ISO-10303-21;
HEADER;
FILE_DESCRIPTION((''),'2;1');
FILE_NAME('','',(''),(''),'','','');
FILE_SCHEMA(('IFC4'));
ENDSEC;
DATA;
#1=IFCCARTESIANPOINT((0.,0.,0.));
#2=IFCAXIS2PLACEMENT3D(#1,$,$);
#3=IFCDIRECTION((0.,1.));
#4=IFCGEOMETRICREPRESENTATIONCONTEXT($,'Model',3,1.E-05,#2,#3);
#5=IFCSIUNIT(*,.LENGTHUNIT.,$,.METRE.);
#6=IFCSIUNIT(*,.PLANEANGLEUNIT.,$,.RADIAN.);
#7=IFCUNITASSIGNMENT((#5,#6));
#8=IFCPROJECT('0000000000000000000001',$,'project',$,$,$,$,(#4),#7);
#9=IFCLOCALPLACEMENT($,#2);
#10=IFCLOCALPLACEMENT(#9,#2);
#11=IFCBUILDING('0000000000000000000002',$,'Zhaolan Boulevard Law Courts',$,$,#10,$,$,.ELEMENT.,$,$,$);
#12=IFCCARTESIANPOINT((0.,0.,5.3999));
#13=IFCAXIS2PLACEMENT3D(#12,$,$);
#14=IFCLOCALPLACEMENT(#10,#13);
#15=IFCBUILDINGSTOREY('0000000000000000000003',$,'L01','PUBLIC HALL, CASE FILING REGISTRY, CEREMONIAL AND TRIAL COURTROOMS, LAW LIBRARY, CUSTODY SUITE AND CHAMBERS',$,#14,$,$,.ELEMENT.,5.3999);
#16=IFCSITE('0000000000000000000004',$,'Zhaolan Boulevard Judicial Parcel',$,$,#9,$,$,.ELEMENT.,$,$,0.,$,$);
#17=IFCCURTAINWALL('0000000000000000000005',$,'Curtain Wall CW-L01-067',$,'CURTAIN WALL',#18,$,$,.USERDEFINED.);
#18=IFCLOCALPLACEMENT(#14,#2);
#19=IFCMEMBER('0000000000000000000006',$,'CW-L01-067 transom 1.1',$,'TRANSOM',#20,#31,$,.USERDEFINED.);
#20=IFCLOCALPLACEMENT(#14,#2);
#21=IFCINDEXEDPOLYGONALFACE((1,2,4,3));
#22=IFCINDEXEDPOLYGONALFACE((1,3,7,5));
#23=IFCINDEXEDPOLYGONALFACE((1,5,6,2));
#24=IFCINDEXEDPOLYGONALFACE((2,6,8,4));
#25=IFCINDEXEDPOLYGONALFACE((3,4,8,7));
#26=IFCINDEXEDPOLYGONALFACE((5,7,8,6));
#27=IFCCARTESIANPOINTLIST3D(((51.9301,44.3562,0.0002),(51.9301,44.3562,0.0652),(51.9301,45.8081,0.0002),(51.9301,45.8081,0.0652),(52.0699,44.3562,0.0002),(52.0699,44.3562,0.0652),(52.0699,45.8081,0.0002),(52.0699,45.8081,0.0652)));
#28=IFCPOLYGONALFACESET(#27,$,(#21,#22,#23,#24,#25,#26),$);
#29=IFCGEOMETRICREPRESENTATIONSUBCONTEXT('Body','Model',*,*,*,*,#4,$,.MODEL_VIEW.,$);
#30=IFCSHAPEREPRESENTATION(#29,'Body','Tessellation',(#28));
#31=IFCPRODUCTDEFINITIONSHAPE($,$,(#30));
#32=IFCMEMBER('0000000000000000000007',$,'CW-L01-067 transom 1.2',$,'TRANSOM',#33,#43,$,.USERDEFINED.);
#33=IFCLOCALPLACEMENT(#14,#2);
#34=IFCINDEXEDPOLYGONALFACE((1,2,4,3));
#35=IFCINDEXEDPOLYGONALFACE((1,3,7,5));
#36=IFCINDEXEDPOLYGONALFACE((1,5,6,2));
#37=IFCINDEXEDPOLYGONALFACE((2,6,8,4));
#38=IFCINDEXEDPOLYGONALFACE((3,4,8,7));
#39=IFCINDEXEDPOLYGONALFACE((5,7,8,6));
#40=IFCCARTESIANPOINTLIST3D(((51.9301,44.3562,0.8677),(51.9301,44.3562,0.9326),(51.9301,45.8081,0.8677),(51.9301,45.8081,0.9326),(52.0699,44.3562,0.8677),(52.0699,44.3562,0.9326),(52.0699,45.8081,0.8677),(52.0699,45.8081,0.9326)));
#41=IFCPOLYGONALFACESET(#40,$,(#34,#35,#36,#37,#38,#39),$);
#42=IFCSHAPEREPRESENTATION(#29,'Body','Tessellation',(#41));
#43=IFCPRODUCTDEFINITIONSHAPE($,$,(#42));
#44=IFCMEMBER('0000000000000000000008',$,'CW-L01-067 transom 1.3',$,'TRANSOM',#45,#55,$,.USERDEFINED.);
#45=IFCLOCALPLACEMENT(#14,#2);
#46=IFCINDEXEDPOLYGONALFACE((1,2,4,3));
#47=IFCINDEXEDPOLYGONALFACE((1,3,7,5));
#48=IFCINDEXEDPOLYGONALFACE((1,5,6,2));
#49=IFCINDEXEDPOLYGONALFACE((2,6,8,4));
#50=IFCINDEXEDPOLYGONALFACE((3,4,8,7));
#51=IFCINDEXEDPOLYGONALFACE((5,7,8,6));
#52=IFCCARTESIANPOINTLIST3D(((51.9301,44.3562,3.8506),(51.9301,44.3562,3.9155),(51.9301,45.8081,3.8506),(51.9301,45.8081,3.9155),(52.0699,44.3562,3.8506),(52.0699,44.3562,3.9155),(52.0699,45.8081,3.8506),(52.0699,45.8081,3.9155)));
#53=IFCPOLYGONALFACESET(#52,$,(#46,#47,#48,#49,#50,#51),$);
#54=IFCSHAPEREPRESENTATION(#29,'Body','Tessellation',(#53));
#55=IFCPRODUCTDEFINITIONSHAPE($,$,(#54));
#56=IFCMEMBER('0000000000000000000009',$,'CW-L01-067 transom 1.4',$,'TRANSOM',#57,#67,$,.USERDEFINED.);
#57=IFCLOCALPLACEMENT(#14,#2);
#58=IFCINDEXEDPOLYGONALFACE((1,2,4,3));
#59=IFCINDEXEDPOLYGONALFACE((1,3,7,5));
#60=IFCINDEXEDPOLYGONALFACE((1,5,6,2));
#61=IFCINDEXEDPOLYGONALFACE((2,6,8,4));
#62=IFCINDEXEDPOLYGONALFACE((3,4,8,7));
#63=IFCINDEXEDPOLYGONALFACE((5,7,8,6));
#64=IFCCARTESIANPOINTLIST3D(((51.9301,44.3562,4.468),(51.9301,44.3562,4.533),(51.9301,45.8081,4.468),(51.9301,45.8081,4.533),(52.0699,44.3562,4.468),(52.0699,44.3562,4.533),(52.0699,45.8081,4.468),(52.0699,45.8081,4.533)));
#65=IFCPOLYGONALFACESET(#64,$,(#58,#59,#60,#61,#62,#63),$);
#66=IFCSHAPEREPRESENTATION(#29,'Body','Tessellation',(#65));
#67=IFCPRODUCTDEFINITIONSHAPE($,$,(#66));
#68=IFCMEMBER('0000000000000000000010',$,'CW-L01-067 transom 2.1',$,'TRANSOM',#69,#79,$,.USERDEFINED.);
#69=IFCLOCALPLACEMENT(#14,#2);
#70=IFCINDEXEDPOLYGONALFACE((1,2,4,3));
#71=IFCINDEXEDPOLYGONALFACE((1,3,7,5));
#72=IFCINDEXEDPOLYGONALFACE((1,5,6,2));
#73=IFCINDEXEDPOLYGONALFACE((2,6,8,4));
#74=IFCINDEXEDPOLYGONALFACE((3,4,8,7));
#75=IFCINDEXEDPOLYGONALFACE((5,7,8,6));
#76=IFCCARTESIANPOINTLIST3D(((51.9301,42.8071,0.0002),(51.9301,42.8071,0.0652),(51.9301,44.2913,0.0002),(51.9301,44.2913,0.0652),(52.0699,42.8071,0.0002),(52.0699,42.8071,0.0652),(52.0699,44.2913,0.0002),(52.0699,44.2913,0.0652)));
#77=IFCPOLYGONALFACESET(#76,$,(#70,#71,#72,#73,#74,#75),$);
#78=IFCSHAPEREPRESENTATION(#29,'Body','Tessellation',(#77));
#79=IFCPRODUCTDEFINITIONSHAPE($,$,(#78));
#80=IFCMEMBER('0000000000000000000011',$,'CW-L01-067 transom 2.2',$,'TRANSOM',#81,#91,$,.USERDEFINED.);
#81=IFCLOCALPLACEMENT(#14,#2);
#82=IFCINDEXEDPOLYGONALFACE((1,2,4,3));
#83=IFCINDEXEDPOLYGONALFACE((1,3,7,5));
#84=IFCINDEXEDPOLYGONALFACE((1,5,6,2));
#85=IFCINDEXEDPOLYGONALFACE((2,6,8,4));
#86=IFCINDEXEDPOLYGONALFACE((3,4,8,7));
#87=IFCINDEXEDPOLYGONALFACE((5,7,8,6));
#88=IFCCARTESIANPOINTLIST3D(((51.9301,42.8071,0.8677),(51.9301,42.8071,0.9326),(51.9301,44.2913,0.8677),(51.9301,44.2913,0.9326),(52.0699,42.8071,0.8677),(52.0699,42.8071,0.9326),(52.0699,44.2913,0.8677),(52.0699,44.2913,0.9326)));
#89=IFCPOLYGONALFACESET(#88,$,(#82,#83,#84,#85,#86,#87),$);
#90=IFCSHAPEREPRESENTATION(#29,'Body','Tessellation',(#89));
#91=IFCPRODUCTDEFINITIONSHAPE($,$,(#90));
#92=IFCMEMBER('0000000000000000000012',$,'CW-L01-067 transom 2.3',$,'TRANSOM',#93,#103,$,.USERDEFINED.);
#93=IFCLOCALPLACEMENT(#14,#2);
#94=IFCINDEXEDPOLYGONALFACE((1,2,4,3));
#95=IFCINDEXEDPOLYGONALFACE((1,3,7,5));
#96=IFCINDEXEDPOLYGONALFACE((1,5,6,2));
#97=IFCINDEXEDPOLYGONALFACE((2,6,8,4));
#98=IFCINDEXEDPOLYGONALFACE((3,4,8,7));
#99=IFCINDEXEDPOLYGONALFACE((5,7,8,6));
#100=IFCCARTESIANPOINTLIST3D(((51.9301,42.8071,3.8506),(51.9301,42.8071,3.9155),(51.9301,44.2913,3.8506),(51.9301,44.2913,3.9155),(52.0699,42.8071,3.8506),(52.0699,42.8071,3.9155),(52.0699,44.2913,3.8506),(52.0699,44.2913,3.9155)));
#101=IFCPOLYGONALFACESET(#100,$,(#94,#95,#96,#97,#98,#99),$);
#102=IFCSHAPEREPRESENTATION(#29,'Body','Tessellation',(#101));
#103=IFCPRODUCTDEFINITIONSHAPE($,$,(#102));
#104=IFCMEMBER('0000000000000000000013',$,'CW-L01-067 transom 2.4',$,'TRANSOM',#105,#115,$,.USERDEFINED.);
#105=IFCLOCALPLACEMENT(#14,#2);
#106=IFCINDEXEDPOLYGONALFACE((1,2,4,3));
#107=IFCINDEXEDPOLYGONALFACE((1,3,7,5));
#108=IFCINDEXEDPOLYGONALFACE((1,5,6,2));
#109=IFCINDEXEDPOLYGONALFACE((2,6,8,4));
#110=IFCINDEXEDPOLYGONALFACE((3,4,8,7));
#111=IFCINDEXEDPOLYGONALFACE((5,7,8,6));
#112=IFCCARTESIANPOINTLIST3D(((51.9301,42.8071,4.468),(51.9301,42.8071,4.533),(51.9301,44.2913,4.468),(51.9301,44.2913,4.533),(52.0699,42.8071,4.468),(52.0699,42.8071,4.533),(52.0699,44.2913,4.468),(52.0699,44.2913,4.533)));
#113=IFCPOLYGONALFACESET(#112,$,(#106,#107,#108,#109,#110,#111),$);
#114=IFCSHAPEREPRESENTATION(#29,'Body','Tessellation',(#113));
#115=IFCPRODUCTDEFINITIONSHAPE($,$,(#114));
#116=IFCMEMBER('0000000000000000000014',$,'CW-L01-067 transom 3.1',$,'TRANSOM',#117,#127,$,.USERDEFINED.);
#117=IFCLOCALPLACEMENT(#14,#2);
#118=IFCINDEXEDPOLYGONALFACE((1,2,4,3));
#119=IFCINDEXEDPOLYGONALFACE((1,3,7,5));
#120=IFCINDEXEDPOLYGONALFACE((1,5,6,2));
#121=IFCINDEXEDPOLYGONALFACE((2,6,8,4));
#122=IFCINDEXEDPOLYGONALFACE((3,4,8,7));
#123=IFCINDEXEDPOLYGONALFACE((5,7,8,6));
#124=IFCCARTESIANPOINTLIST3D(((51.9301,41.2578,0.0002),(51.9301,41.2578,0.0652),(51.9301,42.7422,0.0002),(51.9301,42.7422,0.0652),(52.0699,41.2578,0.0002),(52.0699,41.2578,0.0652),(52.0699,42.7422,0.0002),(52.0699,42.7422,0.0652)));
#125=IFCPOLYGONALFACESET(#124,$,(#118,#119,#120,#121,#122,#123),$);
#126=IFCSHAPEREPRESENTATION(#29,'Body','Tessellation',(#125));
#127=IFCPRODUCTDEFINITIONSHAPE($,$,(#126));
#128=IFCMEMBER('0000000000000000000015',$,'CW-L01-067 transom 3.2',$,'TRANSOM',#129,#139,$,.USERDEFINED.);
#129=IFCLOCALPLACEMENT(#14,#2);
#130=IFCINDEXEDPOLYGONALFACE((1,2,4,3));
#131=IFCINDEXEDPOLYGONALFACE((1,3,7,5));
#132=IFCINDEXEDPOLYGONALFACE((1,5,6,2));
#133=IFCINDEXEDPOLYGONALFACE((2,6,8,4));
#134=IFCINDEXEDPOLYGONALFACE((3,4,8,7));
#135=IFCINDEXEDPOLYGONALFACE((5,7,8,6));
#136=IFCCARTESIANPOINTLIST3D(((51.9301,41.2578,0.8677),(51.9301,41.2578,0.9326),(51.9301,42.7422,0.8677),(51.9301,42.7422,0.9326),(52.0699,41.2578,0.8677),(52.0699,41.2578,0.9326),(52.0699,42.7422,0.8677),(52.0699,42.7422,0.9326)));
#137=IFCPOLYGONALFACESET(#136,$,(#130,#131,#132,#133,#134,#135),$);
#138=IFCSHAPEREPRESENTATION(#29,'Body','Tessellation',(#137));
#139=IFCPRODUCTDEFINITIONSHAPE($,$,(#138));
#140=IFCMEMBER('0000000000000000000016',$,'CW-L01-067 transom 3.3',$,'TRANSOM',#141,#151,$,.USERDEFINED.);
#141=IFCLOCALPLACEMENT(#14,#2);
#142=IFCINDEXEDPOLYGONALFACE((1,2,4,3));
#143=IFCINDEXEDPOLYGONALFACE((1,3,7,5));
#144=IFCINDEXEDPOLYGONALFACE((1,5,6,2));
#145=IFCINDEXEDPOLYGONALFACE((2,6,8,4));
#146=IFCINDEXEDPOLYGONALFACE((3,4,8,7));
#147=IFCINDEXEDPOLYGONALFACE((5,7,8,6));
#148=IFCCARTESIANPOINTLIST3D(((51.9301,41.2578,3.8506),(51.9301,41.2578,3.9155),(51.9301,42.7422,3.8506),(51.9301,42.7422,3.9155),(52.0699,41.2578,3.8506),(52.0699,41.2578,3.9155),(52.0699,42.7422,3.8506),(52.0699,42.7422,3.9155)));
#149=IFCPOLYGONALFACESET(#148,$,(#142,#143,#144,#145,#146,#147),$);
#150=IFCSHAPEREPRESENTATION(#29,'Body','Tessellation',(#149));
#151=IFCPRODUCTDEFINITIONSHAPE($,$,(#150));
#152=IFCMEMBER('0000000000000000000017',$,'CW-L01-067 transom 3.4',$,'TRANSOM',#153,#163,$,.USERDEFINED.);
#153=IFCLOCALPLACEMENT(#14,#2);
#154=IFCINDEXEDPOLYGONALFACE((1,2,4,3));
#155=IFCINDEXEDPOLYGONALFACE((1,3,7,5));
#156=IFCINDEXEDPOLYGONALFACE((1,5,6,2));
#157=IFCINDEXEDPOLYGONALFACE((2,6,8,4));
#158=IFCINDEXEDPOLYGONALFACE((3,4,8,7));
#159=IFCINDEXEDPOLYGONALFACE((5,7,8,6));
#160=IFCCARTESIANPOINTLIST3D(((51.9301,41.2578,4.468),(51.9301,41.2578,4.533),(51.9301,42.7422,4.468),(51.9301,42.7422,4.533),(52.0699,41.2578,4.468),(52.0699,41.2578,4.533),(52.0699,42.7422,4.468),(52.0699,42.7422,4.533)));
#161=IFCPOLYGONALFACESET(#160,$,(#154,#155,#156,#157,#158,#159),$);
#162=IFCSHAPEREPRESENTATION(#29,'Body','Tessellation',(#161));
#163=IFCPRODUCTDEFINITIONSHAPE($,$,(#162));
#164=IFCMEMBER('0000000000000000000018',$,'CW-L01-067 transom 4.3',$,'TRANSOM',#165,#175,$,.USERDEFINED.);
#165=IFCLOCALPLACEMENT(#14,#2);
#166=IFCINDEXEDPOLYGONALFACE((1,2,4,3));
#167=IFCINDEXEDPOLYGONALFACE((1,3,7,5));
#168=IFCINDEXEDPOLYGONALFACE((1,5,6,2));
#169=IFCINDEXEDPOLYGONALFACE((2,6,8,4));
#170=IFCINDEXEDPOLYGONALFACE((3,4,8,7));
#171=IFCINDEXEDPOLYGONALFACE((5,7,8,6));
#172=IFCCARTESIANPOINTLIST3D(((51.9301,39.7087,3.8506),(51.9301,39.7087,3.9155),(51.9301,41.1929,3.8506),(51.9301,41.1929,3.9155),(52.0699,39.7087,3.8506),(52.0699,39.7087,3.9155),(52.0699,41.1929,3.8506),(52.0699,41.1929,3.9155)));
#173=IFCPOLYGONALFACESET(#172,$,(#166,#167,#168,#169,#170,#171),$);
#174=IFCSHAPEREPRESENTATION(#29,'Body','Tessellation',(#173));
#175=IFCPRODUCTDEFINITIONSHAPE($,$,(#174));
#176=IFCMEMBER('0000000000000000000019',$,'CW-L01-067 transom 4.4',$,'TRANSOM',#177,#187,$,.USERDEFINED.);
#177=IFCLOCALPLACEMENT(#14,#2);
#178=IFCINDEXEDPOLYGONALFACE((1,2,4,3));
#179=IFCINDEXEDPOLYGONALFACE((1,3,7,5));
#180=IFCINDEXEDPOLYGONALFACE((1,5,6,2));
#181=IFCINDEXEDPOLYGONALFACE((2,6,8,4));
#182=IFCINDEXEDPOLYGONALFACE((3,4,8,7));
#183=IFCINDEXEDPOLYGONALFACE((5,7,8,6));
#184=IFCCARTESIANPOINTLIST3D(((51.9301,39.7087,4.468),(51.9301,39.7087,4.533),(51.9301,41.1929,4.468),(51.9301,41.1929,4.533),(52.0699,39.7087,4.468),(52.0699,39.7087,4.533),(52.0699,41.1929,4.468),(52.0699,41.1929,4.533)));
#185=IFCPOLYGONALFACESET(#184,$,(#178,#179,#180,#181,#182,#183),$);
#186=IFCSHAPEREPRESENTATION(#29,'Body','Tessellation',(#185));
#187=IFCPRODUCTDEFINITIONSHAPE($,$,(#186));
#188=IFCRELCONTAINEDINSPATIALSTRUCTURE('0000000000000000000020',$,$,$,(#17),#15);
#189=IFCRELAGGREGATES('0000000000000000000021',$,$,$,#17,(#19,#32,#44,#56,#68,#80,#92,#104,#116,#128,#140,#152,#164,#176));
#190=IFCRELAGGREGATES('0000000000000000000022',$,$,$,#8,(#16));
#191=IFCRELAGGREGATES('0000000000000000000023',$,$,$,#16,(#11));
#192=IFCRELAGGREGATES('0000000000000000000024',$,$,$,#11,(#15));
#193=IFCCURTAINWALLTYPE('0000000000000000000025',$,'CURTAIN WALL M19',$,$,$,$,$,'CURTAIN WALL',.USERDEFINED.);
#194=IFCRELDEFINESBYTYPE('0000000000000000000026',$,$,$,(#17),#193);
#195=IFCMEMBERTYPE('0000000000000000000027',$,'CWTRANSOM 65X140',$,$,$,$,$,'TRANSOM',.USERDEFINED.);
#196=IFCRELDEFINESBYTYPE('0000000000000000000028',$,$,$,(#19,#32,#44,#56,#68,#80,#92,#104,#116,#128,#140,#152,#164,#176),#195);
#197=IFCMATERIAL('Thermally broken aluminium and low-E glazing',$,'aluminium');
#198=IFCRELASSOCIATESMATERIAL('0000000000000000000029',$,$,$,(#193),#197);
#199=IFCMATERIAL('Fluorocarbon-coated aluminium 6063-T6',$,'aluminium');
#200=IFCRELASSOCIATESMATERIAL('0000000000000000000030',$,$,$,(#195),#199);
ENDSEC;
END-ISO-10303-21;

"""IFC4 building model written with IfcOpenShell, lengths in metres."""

from ifc_helpers import new_model, si_unit, direction, frame, origin, origin_2d, place, context, subcontext, project, spatial, rectangle, extrude, material, material_profile, profile_set, type_object, element, aggregate, save


model = new_model("IFC4")

# Units and contexts
model_context = context("Model", 3, precision=1e-05, world=origin(), true_north=direction((0.0, 1.0)))
body_context = subcontext(model_context, "Body", "Model", "MODEL_VIEW")
ifc_project = project(units=[si_unit("LENGTHUNIT", "METRE"), si_unit("PLANEANGLEUNIT", "RADIAN")], contexts=[model_context])

# Site, building, storey
site_placement = place(None, origin())
site = spatial("IfcSite", under=ifc_project, at=site_placement, Name="Zhaolan Boulevard Judicial Parcel", CompositionType="ELEMENT", RefElevation=0.0)
building_placement = place(site_placement, origin())
building = spatial("IfcBuilding", under=site, at=building_placement, Name="Zhaolan Boulevard Law Courts", CompositionType="ELEMENT")
storey_placement = place(building_placement, frame((0.0, 0.0, 5.3999)))
storey = spatial("IfcBuildingStorey", under=building, at=storey_placement, Name="L01", Description="PUBLIC HALL, CASE FILING REGISTRY, CEREMONIAL AND TRIAL COURTROOMS, LAW LIBRARY, CUSTODY SUITE AND CHAMBERS", CompositionType="ELEMENT", Elevation=5.3999)

# Curtain wall
ifc_material_1 = material(Name="Thermally broken aluminium and low-E glazing", Category="aluminium")
curtain_wall_type_1 = type_object("IfcCurtainWallType", Name="CURTAIN WALL M19", ElementType="CURTAIN WALL", PredefinedType="USERDEFINED", material=ifc_material_1)
curtain_wall_1_placement = place(storey_placement, origin())
curtain_wall_1 = element("IfcCurtainWall", 1, at=curtain_wall_1_placement, inside=storey, type_object=curtain_wall_type_1, Name="Curtain Wall CW-L01-067", ObjectType="CURTAIN WALL", PredefinedType="USERDEFINED")

# Members
ifc_material_2 = material(Name="Fluorocarbon-coated aluminium 6063-T6", Category="aluminium")
ifc_material_profile_1 = material_profile(ifc_material_2, rectangle(XDim=0.1399, YDim=0.0649, at=origin_2d()), Name="AL65x140")
ifc_profile_set_1 = profile_set([ifc_material_profile_1], Name="Fluorocarbon-coated aluminium 6063-T6")
member_type_1 = type_object("IfcMemberType", Name="CWTRANSOM 65X140", ElementType="TRANSOM", PredefinedType="USERDEFINED", material=ifc_profile_set_1)
member_1_placement = place(storey_placement, frame((52.0, 45.8081, 0.0327), z_axis=(0.0, -1.0, 0.0), x_axis=(1.0, 0.0, 0.0)))
member_1 = element("IfcMember", 2, at=member_1_placement, type_object=member_type_1, Name="CW-L01-067 transom 1.1", ObjectType="TRANSOM", PredefinedType="USERDEFINED", context=body_context, shape_type="SweptSolid", body=[
    extrude(rectangle(XDim=0.1399, YDim=0.0649, at=origin_2d()), origin(), (0.0, 0.0, 1.0), 1.4519),
])
member_2_placement = place(storey_placement, frame((52.0, 45.8081, 0.9001), z_axis=(0.0, -1.0, 0.0), x_axis=(1.0, 0.0, 0.0)))
member_2 = element("IfcMember", 3, at=member_2_placement, type_object=member_type_1, Name="CW-L01-067 transom 1.2", ObjectType="TRANSOM", PredefinedType="USERDEFINED", context=body_context, shape_type="SweptSolid", body=[
    extrude(rectangle(XDim=0.1399, YDim=0.0649, at=origin_2d()), origin(), (0.0, 0.0, 1.0), 1.4519),
])
member_3_placement = place(storey_placement, frame((52.0, 45.8081, 3.8831), z_axis=(0.0, -1.0, 0.0), x_axis=(1.0, 0.0, 0.0)))
member_3 = element("IfcMember", 4, at=member_3_placement, type_object=member_type_1, Name="CW-L01-067 transom 1.3", ObjectType="TRANSOM", PredefinedType="USERDEFINED", context=body_context, shape_type="SweptSolid", body=[
    extrude(rectangle(XDim=0.1399, YDim=0.0649, at=origin_2d()), origin(), (0.0, 0.0, 1.0), 1.4519),
])
member_4_placement = place(storey_placement, frame((52.0, 45.8081, 4.5005), z_axis=(0.0, -1.0, 0.0), x_axis=(1.0, 0.0, 0.0)))
member_4 = element("IfcMember", 5, at=member_4_placement, type_object=member_type_1, Name="CW-L01-067 transom 1.4", ObjectType="TRANSOM", PredefinedType="USERDEFINED", context=body_context, shape_type="SweptSolid", body=[
    extrude(rectangle(XDim=0.1399, YDim=0.0649, at=origin_2d()), origin(), (0.0, 0.0, 1.0), 1.4519),
])
member_5_placement = place(storey_placement, frame((52.0, 44.2913, 0.0327), z_axis=(0.0, -1.0, 0.0), x_axis=(1.0, 0.0, 0.0)))
member_5 = element("IfcMember", 6, at=member_5_placement, type_object=member_type_1, Name="CW-L01-067 transom 2.1", ObjectType="TRANSOM", PredefinedType="USERDEFINED", context=body_context, shape_type="SweptSolid", body=[
    extrude(rectangle(XDim=0.1399, YDim=0.0649, at=origin_2d()), origin(), (0.0, 0.0, 1.0), 1.4841),
])
member_6_placement = place(storey_placement, frame((52.0, 44.2913, 0.9001), z_axis=(0.0, -1.0, 0.0), x_axis=(1.0, 0.0, 0.0)))
member_6 = element("IfcMember", 7, at=member_6_placement, type_object=member_type_1, Name="CW-L01-067 transom 2.2", ObjectType="TRANSOM", PredefinedType="USERDEFINED", context=body_context, shape_type="SweptSolid", body=[
    extrude(rectangle(XDim=0.1399, YDim=0.0649, at=origin_2d()), origin(), (0.0, 0.0, 1.0), 1.4841),
])
member_7_placement = place(storey_placement, frame((52.0, 44.2913, 3.8831), z_axis=(0.0, -1.0, 0.0), x_axis=(1.0, 0.0, 0.0)))
member_7 = element("IfcMember", 8, at=member_7_placement, type_object=member_type_1, Name="CW-L01-067 transom 2.3", ObjectType="TRANSOM", PredefinedType="USERDEFINED", context=body_context, shape_type="SweptSolid", body=[
    extrude(rectangle(XDim=0.1399, YDim=0.0649, at=origin_2d()), origin(), (0.0, 0.0, 1.0), 1.4841),
])
member_8_placement = place(storey_placement, frame((52.0, 44.2913, 4.5005), z_axis=(0.0, -1.0, 0.0), x_axis=(1.0, 0.0, 0.0)))
member_8 = element("IfcMember", 9, at=member_8_placement, type_object=member_type_1, Name="CW-L01-067 transom 2.4", ObjectType="TRANSOM", PredefinedType="USERDEFINED", context=body_context, shape_type="SweptSolid", body=[
    extrude(rectangle(XDim=0.1399, YDim=0.0649, at=origin_2d()), origin(), (0.0, 0.0, 1.0), 1.4841),
])
member_9_placement = place(storey_placement, frame((52.0, 42.7422, 0.0327), z_axis=(0.0, -1.0, 0.0), x_axis=(1.0, 0.0, 0.0)))
member_9 = element("IfcMember", 10, at=member_9_placement, type_object=member_type_1, Name="CW-L01-067 transom 3.1", ObjectType="TRANSOM", PredefinedType="USERDEFINED", context=body_context, shape_type="SweptSolid", body=[
    extrude(rectangle(XDim=0.1399, YDim=0.0649, at=origin_2d()), origin(), (0.0, 0.0, 1.0), 1.4844),
])
member_10_placement = place(storey_placement, frame((52.0, 42.7422, 0.9001), z_axis=(0.0, -1.0, 0.0), x_axis=(1.0, 0.0, 0.0)))
member_10 = element("IfcMember", 11, at=member_10_placement, type_object=member_type_1, Name="CW-L01-067 transom 3.2", ObjectType="TRANSOM", PredefinedType="USERDEFINED", context=body_context, shape_type="SweptSolid", body=[
    extrude(rectangle(XDim=0.1399, YDim=0.0649, at=origin_2d()), origin(), (0.0, 0.0, 1.0), 1.4844),
])
member_11_placement = place(storey_placement, frame((52.0, 42.7422, 3.8831), z_axis=(0.0, -1.0, 0.0), x_axis=(1.0, 0.0, 0.0)))
member_11 = element("IfcMember", 12, at=member_11_placement, type_object=member_type_1, Name="CW-L01-067 transom 3.3", ObjectType="TRANSOM", PredefinedType="USERDEFINED", context=body_context, shape_type="SweptSolid", body=[
    extrude(rectangle(XDim=0.1399, YDim=0.0649, at=origin_2d()), origin(), (0.0, 0.0, 1.0), 1.4844),
])
member_12_placement = place(storey_placement, frame((52.0, 42.7422, 4.5005), z_axis=(0.0, -1.0, 0.0), x_axis=(1.0, 0.0, 0.0)))
member_12 = element("IfcMember", 13, at=member_12_placement, type_object=member_type_1, Name="CW-L01-067 transom 3.4", ObjectType="TRANSOM", PredefinedType="USERDEFINED", context=body_context, shape_type="SweptSolid", body=[
    extrude(rectangle(XDim=0.1399, YDim=0.0649, at=origin_2d()), origin(), (0.0, 0.0, 1.0), 1.4844),
])
member_13_placement = place(storey_placement, frame((52.0, 41.1929, 3.8831), z_axis=(0.0, -1.0, 0.0), x_axis=(1.0, 0.0, 0.0)))
member_13 = element("IfcMember", 14, at=member_13_placement, type_object=member_type_1, Name="CW-L01-067 transom 4.3", ObjectType="TRANSOM", PredefinedType="USERDEFINED", context=body_context, shape_type="SweptSolid", body=[
    extrude(rectangle(XDim=0.1399, YDim=0.0649, at=origin_2d()), origin(), (0.0, 0.0, 1.0), 1.4841),
])
member_14_placement = place(storey_placement, frame((52.0, 41.1929, 4.5005), z_axis=(0.0, -1.0, 0.0), x_axis=(1.0, 0.0, 0.0)))
member_14 = element("IfcMember", 15, at=member_14_placement, type_object=member_type_1, Name="CW-L01-067 transom 4.4", ObjectType="TRANSOM", PredefinedType="USERDEFINED", context=body_context, shape_type="SweptSolid", body=[
    extrude(rectangle(XDim=0.1399, YDim=0.0649, at=origin_2d()), origin(), (0.0, 0.0, 1.0), 1.4841),
])

aggregate(curtain_wall_1, [member_1, member_2, member_3, member_4, member_5, member_6, member_7, member_8, member_9, member_10, member_11, member_12, member_13, member_14])

save(model, "model.ifc")
